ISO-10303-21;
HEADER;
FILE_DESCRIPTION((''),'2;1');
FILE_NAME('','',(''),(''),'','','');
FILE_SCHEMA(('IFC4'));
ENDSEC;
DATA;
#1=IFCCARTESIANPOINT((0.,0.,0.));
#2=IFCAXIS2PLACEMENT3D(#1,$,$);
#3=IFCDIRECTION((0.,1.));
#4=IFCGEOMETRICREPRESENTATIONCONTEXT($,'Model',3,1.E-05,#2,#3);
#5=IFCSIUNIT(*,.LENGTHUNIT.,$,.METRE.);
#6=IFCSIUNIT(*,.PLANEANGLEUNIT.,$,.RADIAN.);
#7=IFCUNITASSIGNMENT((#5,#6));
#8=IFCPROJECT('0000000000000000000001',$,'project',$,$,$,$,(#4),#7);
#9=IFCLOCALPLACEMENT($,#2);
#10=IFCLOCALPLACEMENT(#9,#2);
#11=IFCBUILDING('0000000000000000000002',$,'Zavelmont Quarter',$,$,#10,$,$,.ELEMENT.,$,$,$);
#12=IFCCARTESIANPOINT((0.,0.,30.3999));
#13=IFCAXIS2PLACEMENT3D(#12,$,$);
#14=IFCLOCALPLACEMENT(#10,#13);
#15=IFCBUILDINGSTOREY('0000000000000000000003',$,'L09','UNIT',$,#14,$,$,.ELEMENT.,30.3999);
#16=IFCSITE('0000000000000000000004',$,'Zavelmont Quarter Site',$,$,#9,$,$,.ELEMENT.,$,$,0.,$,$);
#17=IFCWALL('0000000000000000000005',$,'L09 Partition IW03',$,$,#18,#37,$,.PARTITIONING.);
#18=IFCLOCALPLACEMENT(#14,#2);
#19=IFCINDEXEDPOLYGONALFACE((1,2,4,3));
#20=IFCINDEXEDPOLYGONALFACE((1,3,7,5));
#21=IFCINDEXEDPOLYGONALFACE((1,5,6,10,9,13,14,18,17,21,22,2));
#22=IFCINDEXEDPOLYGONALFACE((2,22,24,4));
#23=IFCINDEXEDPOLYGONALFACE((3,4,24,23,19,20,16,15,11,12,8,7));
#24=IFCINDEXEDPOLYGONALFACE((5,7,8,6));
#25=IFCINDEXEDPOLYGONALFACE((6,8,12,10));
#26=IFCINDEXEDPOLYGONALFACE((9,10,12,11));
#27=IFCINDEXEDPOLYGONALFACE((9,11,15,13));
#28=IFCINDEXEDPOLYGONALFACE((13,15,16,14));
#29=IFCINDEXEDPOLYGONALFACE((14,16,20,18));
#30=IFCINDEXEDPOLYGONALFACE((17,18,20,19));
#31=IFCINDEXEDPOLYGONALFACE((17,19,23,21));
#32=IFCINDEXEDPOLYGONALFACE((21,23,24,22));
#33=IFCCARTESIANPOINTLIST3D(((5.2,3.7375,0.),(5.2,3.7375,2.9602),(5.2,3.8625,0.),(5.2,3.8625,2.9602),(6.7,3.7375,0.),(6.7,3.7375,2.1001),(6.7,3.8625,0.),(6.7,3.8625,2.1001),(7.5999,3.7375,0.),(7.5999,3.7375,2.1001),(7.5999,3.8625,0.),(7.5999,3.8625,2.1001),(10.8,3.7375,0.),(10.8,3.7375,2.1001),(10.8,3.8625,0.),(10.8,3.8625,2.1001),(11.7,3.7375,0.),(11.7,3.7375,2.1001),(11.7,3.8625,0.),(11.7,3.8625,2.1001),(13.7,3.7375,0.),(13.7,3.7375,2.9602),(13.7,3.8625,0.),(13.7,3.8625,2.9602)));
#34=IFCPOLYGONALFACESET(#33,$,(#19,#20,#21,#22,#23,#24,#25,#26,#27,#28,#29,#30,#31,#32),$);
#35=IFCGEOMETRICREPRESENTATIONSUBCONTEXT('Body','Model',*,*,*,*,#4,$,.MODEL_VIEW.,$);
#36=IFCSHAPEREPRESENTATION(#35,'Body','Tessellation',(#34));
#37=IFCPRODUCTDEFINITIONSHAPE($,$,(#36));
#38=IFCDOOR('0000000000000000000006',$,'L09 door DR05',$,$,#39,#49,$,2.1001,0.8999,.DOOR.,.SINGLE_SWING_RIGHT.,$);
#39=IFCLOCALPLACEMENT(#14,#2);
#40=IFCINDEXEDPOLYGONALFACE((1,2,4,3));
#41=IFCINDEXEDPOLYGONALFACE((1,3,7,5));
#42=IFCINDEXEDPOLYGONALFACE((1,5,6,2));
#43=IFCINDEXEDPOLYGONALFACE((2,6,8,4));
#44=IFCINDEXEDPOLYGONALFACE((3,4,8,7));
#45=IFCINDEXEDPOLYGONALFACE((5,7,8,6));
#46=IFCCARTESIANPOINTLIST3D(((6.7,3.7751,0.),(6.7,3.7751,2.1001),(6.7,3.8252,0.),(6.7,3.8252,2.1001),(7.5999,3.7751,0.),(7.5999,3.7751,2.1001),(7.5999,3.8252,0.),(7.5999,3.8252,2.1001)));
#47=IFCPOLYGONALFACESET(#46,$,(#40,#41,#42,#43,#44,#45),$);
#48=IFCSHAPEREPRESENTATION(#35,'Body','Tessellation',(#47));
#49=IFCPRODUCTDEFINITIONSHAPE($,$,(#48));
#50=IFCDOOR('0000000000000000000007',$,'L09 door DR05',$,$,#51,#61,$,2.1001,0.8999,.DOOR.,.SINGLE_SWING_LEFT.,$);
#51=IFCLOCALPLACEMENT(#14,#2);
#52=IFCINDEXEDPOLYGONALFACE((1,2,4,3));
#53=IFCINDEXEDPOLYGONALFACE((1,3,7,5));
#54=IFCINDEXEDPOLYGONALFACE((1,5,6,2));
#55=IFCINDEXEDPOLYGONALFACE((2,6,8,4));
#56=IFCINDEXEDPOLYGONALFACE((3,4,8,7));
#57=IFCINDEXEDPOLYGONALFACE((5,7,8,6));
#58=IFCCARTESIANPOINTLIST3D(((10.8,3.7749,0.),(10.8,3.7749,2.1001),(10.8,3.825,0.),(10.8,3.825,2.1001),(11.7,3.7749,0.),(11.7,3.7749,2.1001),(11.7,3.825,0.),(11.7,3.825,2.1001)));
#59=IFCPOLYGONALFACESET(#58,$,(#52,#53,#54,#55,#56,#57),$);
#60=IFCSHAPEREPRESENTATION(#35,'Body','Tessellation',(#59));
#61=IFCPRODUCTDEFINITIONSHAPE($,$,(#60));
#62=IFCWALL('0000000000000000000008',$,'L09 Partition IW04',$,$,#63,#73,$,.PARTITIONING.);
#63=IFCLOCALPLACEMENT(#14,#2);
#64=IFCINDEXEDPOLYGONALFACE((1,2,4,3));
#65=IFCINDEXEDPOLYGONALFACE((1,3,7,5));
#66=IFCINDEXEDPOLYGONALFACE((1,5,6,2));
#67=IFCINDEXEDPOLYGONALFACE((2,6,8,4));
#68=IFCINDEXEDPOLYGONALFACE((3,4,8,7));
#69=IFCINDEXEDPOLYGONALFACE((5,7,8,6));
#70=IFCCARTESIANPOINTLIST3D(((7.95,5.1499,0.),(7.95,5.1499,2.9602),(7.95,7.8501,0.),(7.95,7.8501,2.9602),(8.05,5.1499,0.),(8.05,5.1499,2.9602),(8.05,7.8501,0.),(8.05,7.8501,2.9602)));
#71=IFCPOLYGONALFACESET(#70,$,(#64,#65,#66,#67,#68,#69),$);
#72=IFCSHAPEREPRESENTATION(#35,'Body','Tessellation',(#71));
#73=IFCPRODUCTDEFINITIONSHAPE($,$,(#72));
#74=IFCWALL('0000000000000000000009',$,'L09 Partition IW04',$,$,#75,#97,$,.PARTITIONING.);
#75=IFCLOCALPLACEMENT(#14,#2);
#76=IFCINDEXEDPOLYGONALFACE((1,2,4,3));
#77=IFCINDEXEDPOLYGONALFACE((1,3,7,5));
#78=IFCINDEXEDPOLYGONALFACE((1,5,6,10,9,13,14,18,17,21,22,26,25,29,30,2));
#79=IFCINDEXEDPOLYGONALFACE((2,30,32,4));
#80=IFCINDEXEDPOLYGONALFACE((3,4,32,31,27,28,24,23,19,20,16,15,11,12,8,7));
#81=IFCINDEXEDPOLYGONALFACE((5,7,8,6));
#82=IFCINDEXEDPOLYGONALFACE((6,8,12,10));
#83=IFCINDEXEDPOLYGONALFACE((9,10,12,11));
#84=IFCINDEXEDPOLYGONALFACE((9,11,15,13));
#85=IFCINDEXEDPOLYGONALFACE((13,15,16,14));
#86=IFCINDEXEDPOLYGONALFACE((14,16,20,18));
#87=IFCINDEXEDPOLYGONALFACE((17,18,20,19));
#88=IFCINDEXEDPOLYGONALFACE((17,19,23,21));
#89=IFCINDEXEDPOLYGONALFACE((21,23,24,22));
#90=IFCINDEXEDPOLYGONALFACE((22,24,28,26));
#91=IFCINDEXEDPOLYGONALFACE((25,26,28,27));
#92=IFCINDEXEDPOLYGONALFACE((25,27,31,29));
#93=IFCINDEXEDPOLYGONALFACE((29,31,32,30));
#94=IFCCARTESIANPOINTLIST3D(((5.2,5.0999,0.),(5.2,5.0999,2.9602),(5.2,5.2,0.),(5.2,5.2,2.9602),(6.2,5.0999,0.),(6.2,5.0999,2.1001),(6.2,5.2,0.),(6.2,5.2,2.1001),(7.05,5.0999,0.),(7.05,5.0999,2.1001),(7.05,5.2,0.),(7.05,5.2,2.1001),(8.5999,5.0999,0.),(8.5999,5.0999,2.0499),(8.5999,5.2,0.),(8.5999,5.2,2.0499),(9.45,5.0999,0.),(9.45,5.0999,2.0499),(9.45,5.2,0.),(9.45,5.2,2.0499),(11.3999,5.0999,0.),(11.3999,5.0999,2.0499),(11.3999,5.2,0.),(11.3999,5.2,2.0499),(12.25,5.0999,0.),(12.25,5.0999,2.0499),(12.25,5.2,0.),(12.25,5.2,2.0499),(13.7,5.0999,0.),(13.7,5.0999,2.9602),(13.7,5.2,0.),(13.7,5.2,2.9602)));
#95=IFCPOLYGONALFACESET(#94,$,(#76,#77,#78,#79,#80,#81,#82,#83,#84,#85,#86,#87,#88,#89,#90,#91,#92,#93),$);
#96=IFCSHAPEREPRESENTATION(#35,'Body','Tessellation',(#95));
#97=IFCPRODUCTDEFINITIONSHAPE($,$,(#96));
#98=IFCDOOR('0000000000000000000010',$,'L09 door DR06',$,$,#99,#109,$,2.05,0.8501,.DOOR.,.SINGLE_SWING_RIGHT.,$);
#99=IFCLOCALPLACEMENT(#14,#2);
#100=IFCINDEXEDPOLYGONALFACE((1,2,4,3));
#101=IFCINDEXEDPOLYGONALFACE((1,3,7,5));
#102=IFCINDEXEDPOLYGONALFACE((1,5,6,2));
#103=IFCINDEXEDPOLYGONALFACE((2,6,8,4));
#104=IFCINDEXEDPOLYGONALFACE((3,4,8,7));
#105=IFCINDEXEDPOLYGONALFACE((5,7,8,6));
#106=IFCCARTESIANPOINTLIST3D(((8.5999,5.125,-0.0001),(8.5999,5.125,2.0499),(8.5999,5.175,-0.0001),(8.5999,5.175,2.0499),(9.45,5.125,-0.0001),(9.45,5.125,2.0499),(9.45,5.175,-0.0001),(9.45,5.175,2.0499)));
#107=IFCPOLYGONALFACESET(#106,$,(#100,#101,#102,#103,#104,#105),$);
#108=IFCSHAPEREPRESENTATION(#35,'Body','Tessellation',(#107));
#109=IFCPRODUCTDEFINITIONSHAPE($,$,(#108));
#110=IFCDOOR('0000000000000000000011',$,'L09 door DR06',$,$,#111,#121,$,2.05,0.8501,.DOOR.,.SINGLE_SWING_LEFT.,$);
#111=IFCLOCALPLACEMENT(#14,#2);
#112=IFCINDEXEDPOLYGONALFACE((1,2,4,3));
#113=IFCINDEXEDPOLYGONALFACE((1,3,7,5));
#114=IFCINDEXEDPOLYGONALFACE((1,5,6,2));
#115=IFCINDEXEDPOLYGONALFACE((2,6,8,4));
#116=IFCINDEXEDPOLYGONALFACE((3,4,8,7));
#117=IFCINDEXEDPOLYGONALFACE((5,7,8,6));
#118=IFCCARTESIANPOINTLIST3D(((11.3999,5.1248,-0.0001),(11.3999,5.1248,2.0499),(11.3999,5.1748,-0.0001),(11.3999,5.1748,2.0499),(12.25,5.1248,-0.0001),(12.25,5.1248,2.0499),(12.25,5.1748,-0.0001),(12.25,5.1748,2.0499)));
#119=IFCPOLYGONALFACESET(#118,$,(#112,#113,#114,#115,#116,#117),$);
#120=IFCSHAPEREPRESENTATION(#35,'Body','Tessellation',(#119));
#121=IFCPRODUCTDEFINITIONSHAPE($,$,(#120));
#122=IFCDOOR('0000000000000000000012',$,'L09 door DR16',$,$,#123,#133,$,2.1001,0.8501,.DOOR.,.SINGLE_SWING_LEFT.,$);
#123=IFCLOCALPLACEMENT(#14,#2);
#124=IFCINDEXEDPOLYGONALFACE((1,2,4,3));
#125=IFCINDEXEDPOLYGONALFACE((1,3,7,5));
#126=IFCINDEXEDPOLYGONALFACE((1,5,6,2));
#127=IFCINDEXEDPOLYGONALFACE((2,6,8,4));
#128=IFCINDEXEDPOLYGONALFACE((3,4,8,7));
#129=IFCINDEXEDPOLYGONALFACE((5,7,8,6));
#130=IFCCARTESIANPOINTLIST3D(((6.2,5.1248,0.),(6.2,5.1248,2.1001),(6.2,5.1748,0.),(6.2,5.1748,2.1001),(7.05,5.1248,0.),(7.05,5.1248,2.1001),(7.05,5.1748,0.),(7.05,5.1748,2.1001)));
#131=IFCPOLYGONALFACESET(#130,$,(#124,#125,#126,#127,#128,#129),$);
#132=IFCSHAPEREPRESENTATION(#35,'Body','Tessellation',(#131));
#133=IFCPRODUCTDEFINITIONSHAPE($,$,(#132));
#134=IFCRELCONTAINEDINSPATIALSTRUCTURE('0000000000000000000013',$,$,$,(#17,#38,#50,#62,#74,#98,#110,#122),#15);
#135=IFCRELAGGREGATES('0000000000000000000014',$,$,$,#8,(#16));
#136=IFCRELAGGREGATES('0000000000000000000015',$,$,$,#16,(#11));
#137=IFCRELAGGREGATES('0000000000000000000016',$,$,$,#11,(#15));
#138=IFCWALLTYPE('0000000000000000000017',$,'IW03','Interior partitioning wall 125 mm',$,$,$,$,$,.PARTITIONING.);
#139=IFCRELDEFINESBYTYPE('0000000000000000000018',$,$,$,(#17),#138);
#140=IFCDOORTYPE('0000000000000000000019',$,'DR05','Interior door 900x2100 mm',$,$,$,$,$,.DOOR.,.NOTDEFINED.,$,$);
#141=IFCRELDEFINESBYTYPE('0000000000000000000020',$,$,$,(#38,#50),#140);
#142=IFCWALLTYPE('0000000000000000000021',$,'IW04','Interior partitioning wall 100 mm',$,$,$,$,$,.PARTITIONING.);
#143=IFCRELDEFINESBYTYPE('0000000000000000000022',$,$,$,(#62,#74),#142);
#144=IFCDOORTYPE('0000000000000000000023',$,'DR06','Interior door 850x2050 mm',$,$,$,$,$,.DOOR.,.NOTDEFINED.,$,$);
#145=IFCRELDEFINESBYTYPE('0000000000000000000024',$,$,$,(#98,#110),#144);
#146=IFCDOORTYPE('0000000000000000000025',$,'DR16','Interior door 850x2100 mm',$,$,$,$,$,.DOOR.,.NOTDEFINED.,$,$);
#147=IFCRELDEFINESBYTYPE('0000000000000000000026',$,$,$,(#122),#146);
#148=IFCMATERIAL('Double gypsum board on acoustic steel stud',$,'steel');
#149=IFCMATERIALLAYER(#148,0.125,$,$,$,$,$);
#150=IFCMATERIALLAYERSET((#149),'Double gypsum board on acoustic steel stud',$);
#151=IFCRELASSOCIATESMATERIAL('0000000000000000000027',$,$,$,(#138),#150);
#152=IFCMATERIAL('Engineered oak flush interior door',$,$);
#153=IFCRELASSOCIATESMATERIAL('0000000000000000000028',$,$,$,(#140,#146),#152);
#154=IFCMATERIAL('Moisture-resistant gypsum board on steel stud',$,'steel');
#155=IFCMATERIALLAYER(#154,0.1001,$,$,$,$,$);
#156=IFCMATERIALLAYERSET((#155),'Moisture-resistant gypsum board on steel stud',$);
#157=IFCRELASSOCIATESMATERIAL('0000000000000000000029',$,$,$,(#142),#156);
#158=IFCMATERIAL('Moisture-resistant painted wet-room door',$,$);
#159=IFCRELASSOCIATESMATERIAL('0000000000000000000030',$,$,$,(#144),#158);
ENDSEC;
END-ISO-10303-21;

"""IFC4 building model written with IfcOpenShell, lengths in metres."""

from ifc_helpers import new_model, si_unit, direction, frame, frame_2d, origin, origin_with_axes, place, context, subcontext, project, spatial, rectangle, extrude, material, layer, layer_set, type_object, element, fill, save


model = new_model("IFC4")

# Units and contexts
model_context = context("Model", 3, precision=1e-05, world=origin(), true_north=direction((0.0, 1.0)))
body_context = subcontext(model_context, "Body", "Model", "MODEL_VIEW")
ifc_project = project(units=[si_unit("LENGTHUNIT", "METRE"), si_unit("PLANEANGLEUNIT", "RADIAN")], contexts=[model_context])

# Site, building, storey
site_placement = place(None, origin())
site = spatial("IfcSite", under=ifc_project, at=site_placement, Name="Zavelmont Quarter Site", CompositionType="ELEMENT", RefElevation=0.0)
building_placement = place(site_placement, origin())
building = spatial("IfcBuilding", under=site, at=building_placement, Name="Zavelmont Quarter", CompositionType="ELEMENT")
storey_placement = place(building_placement, frame((0.0, 0.0, 30.3999)))
storey = spatial("IfcBuildingStorey", under=building, at=storey_placement, Name="L09", Description="UNIT", CompositionType="ELEMENT", Elevation=30.3999)

# Shared definitions
ifc_material_1 = material(Name="Double gypsum board on acoustic steel stud", Category="steel")
ifc_layer_1 = layer(ifc_material_1, 0.125)
ifc_layer_set_1 = layer_set([ifc_layer_1], Name="Double gypsum board on acoustic steel stud")
wall_type_1 = type_object("IfcWallType", Name="IW03", Description="Interior partitioning wall 125 mm", PredefinedType="PARTITIONING", material=ifc_layer_set_1)
ifc_material_2 = material(Name="Engineered oak flush interior door")
door_type_1 = type_object("IfcDoorType", Name="DR05", Description="Interior door 900x2100 mm", OperationType="NOTDEFINED", PredefinedType="DOOR", material=ifc_material_2)

# Wall, openings, doors
wall_1_placement = place(storey_placement, frame((5.2, 3.8, 0.0), z_axis=(0.0, 0.0, 1.0), x_axis=(1.0, 0.0, 0.0)))
wall_1 = element("IfcWall", 1, at=wall_1_placement, inside=storey, type_object=wall_type_1, Name="L09 Partition IW03", PredefinedType="PARTITIONING", context=body_context, shape_type="SweptSolid", body=[
    extrude(rectangle(XDim=8.5, YDim=0.125, at=frame_2d((4.25, 0.0))), origin(), (0.0, 0.0, 1.0), 2.9602),
])
opening_1_placement = place(wall_1_placement, frame((1.5, 0.0, 0.0)))
opening_1 = element("IfcOpeningElement", 2, at=opening_1_placement, cuts=wall_1, PredefinedType="OPENING", context=body_context, shape_type="SweptSolid", body=[
    extrude(rectangle(XDim=0.8999, YDim=2.1001, at=frame_2d((0.45, 1.05))), frame((0.0, 0.0745, 0.0), z_axis=(0.0, -1.0, 0.0), x_axis=(1.0, 0.0, 0.0)), (0.0, 0.0, 1.0), 0.1489),
])
opening_2_placement = place(wall_1_placement, frame((5.6001, 0.0, 0.0)))
opening_2 = element("IfcOpeningElement", 3, at=opening_2_placement, cuts=wall_1, PredefinedType="OPENING", context=body_context, shape_type="SweptSolid", body=[
    extrude(rectangle(XDim=0.8999, YDim=2.1001, at=frame_2d((0.45, 1.05))), frame((0.0, 0.0745, 0.0), z_axis=(0.0, -1.0, 0.0), x_axis=(1.0, 0.0, 0.0)), (0.0, 0.0, 1.0), 0.1489),
])
door_1_placement = place(opening_1_placement, frame((0.8999, 0.0, 0.0), z_axis=(0.0, 0.0, 1.0), x_axis=(-1.0, 0.0, 0.0)))
door_1 = element("IfcDoor", 4, at=door_1_placement, inside=storey, type_object=door_type_1, Name="L09 door DR05", OperationType="SINGLE_SWING_RIGHT", OverallHeight=2.1001, OverallWidth=0.8999, PredefinedType="DOOR", context=body_context, shape_type="SweptSolid", body=[
    extrude(rectangle(XDim=0.8999, YDim=2.1001, at=frame_2d((0.45, 1.05))), frame((0.0, 0.0249, 0.0), z_axis=(0.0, -1.0, 0.0), x_axis=(1.0, 0.0, 0.0)), (0.0, 0.0, 1.0), 0.05),
])
fill(opening_1, door_1)
door_2_placement = place(opening_2_placement, origin_with_axes())
door_2 = element("IfcDoor", 5, at=door_2_placement, inside=storey, type_object=door_type_1, Name="L09 door DR05", OperationType="SINGLE_SWING_LEFT", OverallHeight=2.1001, OverallWidth=0.8999, PredefinedType="DOOR", context=body_context, shape_type="SweptSolid", body=[
    extrude(rectangle(XDim=0.8999, YDim=2.1001, at=frame_2d((0.45, 1.05))), frame((0.0, 0.0249, 0.0), z_axis=(0.0, -1.0, 0.0), x_axis=(1.0, 0.0, 0.0)), (0.0, 0.0, 1.0), 0.05),
])
fill(opening_2, door_2)

# Wall
ifc_material_3 = material(Name="Moisture-resistant gypsum board on steel stud", Category="steel")
ifc_layer_2 = layer(ifc_material_3, 0.1001)
ifc_layer_set_2 = layer_set([ifc_layer_2], Name="Moisture-resistant gypsum board on steel stud")
wall_type_2 = type_object("IfcWallType", Name="IW04", Description="Interior partitioning wall 100 mm", PredefinedType="PARTITIONING", material=ifc_layer_set_2)
wall_2_placement = place(storey_placement, frame((8.0, 7.8501, 0.0), z_axis=(0.0, 0.0, 1.0), x_axis=(0.0, -1.0, 0.0)))
element("IfcWall", 6, at=wall_2_placement, inside=storey, type_object=wall_type_2, Name="L09 Partition IW04", PredefinedType="PARTITIONING", context=body_context, shape_type="SweptSolid", body=[
    extrude(rectangle(XDim=2.7002, YDim=0.1001, at=frame_2d((1.3501, 0.0))), origin(), (0.0, 0.0, 1.0), 2.9602),
])

# Wall, openings, doors
wall_3_placement = place(storey_placement, frame((5.2, 5.1499, 0.0), z_axis=(0.0, 0.0, 1.0), x_axis=(1.0, 0.0, 0.0)))
wall_3 = element("IfcWall", 7, at=wall_3_placement, inside=storey, type_object=wall_type_2, Name="L09 Partition IW04", PredefinedType="PARTITIONING", context=body_context, shape_type="SweptSolid", body=[
    extrude(rectangle(XDim=8.5, YDim=0.1001, at=frame_2d((4.25, 0.0))), origin(), (0.0, 0.0, 1.0), 2.9602),
])
opening_3_placement = place(wall_3_placement, frame((1.0, 0.0, 0.0)))
opening_3 = element("IfcOpeningElement", 8, at=opening_3_placement, cuts=wall_3, PredefinedType="OPENING", context=body_context, shape_type="SweptSolid", body=[
    extrude(rectangle(XDim=0.8501, YDim=2.1001, at=frame_2d((0.425, 1.05))), frame((0.0, 0.062, 0.0), z_axis=(0.0, -1.0, 0.0), x_axis=(1.0, 0.0, 0.0)), (0.0, 0.0, 1.0), 0.124),
])
opening_4_placement = place(wall_3_placement, frame((3.3999, 0.0, 0.0)))
opening_4 = element("IfcOpeningElement", 9, at=opening_4_placement, cuts=wall_3, PredefinedType="OPENING", context=body_context, shape_type="SweptSolid", body=[
    extrude(rectangle(XDim=0.8501, YDim=2.05, at=frame_2d((0.425, 1.0249))), frame((0.0, 0.062, 0.0), z_axis=(0.0, -1.0, 0.0), x_axis=(1.0, 0.0, 0.0)), (0.0, 0.0, 1.0), 0.124),
])
opening_5_placement = place(wall_3_placement, frame((6.2, 0.0, 0.0)))
opening_5 = element("IfcOpeningElement", 10, at=opening_5_placement, cuts=wall_3, PredefinedType="OPENING", context=body_context, shape_type="SweptSolid", body=[
    extrude(rectangle(XDim=0.8501, YDim=2.05, at=frame_2d((0.425, 1.0249))), frame((0.0, 0.062, 0.0), z_axis=(0.0, -1.0, 0.0), x_axis=(1.0, 0.0, 0.0)), (0.0, 0.0, 1.0), 0.124),
])
ifc_material_4 = material(Name="Moisture-resistant painted wet-room door")
door_type_2 = type_object("IfcDoorType", Name="DR06", Description="Interior door 850x2050 mm", OperationType="NOTDEFINED", PredefinedType="DOOR", material=ifc_material_4)
door_3_placement = place(opening_4_placement, frame((0.8501, 0.0, 0.0), z_axis=(0.0, 0.0, 1.0), x_axis=(-1.0, 0.0, 0.0)))
door_3 = element("IfcDoor", 11, at=door_3_placement, inside=storey, type_object=door_type_2, Name="L09 door DR06", OperationType="SINGLE_SWING_RIGHT", OverallHeight=2.05, OverallWidth=0.8501, PredefinedType="DOOR", context=body_context, shape_type="SweptSolid", body=[
    extrude(rectangle(XDim=0.8501, YDim=2.05, at=frame_2d((0.425, 1.0249))), frame((0.0, 0.0249, 0.0), z_axis=(0.0, -1.0, 0.0), x_axis=(1.0, 0.0, 0.0)), (0.0, 0.0, 1.0), 0.05),
])
fill(opening_4, door_3)
door_4_placement = place(opening_5_placement, origin_with_axes())
door_4 = element("IfcDoor", 12, at=door_4_placement, inside=storey, type_object=door_type_2, Name="L09 door DR06", OperationType="SINGLE_SWING_LEFT", OverallHeight=2.05, OverallWidth=0.8501, PredefinedType="DOOR", context=body_context, shape_type="SweptSolid", body=[
    extrude(rectangle(XDim=0.8501, YDim=2.05, at=frame_2d((0.425, 1.0249))), frame((0.0, 0.0249, 0.0), z_axis=(0.0, -1.0, 0.0), x_axis=(1.0, 0.0, 0.0)), (0.0, 0.0, 1.0), 0.05),
])
fill(opening_5, door_4)
door_type_3 = type_object("IfcDoorType", Name="DR16", Description="Interior door 850x2100 mm", OperationType="NOTDEFINED", PredefinedType="DOOR", material=ifc_material_2)
door_5_placement = place(opening_3_placement, origin_with_axes())
door_5 = element("IfcDoor", 13, at=door_5_placement, inside=storey, type_object=door_type_3, Name="L09 door DR16", OperationType="SINGLE_SWING_LEFT", OverallHeight=2.1001, OverallWidth=0.8501, PredefinedType="DOOR", context=body_context, shape_type="SweptSolid", body=[
    extrude(rectangle(XDim=0.8501, YDim=2.1001, at=frame_2d((0.425, 1.05))), frame((0.0, 0.0249, 0.0), z_axis=(0.0, -1.0, 0.0), x_axis=(1.0, 0.0, 0.0)), (0.0, 0.0, 1.0), 0.05),
])
fill(opening_3, door_5)

save(model, "model.ifc")
